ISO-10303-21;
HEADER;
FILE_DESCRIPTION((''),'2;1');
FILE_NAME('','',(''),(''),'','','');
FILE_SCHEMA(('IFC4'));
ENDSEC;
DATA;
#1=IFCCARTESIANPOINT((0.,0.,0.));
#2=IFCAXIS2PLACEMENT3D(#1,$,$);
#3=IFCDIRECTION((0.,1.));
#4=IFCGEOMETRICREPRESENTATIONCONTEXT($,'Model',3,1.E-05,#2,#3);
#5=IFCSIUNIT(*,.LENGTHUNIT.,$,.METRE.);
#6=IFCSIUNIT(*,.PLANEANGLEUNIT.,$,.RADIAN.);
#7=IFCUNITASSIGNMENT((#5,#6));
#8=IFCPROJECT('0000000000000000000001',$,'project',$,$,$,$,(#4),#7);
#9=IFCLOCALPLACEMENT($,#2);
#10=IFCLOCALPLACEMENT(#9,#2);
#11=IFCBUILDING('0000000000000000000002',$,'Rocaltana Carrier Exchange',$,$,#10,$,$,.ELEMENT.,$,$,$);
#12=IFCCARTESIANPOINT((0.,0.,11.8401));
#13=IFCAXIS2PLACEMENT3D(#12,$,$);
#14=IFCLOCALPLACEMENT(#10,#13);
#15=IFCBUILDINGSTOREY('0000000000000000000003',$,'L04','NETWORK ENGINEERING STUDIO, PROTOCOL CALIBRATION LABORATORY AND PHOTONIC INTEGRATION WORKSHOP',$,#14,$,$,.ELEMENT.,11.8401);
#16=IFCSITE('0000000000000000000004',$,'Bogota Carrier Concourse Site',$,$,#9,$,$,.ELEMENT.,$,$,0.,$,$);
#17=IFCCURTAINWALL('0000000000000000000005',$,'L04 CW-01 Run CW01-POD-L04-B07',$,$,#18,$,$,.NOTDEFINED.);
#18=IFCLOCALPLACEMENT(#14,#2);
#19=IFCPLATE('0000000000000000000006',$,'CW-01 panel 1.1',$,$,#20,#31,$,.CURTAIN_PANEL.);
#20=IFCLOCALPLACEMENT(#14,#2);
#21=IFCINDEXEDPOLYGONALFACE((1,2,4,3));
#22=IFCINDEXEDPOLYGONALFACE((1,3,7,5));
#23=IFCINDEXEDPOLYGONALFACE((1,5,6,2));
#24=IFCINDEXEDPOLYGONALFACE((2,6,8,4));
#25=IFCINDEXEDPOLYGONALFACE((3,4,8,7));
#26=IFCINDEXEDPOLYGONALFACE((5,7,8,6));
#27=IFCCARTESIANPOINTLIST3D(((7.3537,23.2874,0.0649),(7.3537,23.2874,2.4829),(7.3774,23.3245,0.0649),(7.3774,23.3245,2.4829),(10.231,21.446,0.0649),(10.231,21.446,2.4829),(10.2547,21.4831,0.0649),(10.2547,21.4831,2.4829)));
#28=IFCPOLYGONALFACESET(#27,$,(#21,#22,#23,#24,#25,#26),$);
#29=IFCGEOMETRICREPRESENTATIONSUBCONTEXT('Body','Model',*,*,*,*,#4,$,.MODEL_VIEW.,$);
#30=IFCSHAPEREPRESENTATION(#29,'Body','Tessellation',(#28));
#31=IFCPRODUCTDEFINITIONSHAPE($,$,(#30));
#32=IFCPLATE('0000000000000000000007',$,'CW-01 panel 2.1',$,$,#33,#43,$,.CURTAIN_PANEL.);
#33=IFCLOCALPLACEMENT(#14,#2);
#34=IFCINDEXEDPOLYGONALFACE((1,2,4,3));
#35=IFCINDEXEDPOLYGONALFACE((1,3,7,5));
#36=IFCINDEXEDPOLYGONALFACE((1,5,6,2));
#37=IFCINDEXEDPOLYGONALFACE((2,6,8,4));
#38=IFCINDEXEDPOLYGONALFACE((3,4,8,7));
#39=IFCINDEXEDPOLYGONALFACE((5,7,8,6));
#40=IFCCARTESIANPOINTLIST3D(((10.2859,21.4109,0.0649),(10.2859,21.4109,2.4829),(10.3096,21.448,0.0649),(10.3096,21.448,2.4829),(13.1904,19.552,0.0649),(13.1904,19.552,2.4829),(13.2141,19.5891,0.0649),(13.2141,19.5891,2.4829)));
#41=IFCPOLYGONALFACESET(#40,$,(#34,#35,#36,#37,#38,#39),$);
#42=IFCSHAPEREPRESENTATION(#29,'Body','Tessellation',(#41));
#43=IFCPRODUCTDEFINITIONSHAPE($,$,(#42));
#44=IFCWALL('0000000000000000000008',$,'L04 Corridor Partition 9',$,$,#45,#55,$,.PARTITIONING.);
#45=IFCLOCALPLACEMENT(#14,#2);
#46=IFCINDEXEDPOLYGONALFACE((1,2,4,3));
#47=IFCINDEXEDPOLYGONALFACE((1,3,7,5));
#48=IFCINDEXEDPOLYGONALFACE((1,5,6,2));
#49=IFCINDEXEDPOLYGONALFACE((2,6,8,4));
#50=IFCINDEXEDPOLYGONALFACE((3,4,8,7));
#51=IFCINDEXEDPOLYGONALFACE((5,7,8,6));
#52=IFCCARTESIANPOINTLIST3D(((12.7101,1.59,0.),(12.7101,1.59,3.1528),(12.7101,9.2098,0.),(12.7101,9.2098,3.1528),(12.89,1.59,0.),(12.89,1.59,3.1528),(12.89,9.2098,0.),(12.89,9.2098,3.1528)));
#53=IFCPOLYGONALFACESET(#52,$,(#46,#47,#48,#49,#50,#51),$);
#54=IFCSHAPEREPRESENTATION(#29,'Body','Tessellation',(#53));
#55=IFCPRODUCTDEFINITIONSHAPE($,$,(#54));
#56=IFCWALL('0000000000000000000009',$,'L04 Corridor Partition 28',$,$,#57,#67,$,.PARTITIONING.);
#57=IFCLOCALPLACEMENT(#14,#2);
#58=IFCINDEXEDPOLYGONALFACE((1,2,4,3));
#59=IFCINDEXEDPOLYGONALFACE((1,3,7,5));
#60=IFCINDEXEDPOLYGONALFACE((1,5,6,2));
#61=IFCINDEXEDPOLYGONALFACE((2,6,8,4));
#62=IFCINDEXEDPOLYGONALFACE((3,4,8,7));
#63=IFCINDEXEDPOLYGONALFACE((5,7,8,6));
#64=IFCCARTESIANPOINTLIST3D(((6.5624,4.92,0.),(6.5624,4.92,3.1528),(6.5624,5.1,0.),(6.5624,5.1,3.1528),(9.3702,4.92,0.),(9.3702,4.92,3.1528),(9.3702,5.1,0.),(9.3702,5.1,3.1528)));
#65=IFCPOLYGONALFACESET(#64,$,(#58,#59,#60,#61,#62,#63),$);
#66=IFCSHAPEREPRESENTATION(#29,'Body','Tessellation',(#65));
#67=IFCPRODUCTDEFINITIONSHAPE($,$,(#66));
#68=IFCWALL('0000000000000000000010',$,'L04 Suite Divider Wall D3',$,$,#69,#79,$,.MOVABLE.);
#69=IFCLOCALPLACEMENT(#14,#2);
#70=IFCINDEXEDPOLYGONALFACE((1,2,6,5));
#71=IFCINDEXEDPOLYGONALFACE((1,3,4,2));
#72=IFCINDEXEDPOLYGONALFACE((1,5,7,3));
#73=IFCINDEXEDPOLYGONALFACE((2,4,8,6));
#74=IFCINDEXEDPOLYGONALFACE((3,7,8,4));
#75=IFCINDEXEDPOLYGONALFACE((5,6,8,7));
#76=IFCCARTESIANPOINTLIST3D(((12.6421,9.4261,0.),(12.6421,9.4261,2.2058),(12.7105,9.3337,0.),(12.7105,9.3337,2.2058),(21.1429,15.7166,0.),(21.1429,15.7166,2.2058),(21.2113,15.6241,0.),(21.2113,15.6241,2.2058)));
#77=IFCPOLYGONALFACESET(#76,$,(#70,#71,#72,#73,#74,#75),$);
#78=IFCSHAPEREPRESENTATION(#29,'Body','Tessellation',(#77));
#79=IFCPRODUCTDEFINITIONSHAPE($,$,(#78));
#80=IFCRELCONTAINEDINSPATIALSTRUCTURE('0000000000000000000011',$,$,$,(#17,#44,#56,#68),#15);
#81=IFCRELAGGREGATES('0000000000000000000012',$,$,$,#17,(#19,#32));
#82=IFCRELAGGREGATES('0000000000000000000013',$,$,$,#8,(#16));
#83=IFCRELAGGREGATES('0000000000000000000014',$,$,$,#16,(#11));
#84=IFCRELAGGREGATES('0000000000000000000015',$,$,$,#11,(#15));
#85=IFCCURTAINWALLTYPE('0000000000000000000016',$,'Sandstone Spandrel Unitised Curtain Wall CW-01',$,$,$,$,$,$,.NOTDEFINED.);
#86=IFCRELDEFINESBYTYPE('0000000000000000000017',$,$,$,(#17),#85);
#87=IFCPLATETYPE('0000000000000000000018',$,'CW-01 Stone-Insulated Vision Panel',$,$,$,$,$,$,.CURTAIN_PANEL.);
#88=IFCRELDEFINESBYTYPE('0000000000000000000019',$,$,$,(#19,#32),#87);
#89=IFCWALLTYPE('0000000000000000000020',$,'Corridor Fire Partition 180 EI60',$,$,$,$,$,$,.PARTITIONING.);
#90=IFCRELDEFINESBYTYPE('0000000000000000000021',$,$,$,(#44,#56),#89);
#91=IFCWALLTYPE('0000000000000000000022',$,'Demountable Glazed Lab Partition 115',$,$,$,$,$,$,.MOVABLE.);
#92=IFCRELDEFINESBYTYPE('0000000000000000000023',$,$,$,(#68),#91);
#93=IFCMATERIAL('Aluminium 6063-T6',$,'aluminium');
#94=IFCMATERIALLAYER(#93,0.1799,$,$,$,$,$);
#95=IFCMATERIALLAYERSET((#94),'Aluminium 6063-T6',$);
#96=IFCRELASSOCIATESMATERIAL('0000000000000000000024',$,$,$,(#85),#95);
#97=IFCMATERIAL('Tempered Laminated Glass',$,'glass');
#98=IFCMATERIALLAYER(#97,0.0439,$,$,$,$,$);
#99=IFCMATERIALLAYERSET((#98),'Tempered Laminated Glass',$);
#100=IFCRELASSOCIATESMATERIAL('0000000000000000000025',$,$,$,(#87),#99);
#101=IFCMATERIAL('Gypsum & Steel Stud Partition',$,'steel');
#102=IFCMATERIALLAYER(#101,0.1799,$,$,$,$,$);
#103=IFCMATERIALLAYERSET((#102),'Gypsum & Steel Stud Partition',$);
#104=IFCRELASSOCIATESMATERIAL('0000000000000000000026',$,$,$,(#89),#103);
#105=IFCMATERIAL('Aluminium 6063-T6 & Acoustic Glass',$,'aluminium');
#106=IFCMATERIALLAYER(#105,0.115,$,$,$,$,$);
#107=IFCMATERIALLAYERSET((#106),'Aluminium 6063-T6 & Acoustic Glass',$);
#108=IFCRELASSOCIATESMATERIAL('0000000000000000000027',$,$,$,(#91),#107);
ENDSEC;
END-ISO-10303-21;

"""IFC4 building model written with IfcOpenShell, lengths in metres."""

from ifc_helpers import new_model, si_unit, direction, frame, frame_2d, origin, origin_2d, place, context, subcontext, project, spatial, rectangle, extrude, material, layer, layer_set, type_object, element, aggregate, save


model = new_model("IFC4")

# Units and contexts
model_context = context("Model", 3, precision=1e-05, world=origin(), true_north=direction((0.0, 1.0)))
body_context = subcontext(model_context, "Body", "Model", "MODEL_VIEW")
ifc_project = project(units=[si_unit("LENGTHUNIT", "METRE"), si_unit("PLANEANGLEUNIT", "RADIAN")], contexts=[model_context])

# Site, building, storey
site_placement = place(None, origin())
site = spatial("IfcSite", under=ifc_project, at=site_placement, Name="Bogota Carrier Concourse Site", CompositionType="ELEMENT", RefElevation=0.0)
building_placement = place(site_placement, origin())
building = spatial("IfcBuilding", under=site, at=building_placement, Name="Rocaltana Carrier Exchange", CompositionType="ELEMENT")
storey_placement = place(building_placement, frame((0.0, 0.0, 11.8401)))
storey = spatial("IfcBuildingStorey", under=building, at=storey_placement, Name="L04", Description="NETWORK ENGINEERING STUDIO, PROTOCOL CALIBRATION LABORATORY AND PHOTONIC INTEGRATION WORKSHOP", CompositionType="ELEMENT", Elevation=11.8401)

# Curtain wall
ifc_material_1 = material(Name="Aluminium 6063-T6", Category="aluminium")
ifc_layer_1 = layer(ifc_material_1, 0.1799)
ifc_layer_set_1 = layer_set([ifc_layer_1], Name="Aluminium 6063-T6")
curtain_wall_type = type_object("IfcCurtainWallType", Name="Sandstone Spandrel Unitised Curtain Wall CW-01", PredefinedType="NOTDEFINED", material=ifc_layer_set_1)
curtain_wall_placement = place(storey_placement, origin())
curtain_wall = element("IfcCurtainWall", 1, at=curtain_wall_placement, inside=storey, type_object=curtain_wall_type, Name="L04 CW-01 Run CW01-POD-L04-B07", PredefinedType="NOTDEFINED")

# Plates
ifc_material_2 = material(Name="Tempered Laminated Glass", Category="glass")
ifc_layer_2 = layer(ifc_material_2, 0.0439)
ifc_layer_set_2 = layer_set([ifc_layer_2], Name="Tempered Laminated Glass")
plate_type = type_object("IfcPlateType", Name="CW-01 Stone-Insulated Vision Panel", PredefinedType="CURTAIN_PANEL", material=ifc_layer_set_2)
plate_1_placement = place(storey_placement, frame((8.8042, 22.3853, 0.0649), z_axis=(0.0, 0.0, 1.0), x_axis=(0.842273, -0.53905, 0.0)))
plate_1 = element("IfcPlate", 2, at=plate_1_placement, type_object=plate_type, Name="CW-01 panel 1.1", PredefinedType="CURTAIN_PANEL", context=body_context, shape_type="SweptSolid", body=[
    extrude(rectangle(XDim=3.416, YDim=0.0439, at=origin_2d()), origin(), (0.0, 0.0, 1.0), 2.418),
])
plate_2_placement = place(storey_placement, frame((11.75, 20.5, 0.0649), z_axis=(0.0, 0.0, 1.0), x_axis=(0.842273, -0.53905, 0.0)))
plate_2 = element("IfcPlate", 3, at=plate_2_placement, type_object=plate_type, Name="CW-01 panel 2.1", PredefinedType="CURTAIN_PANEL", context=body_context, shape_type="SweptSolid", body=[
    extrude(rectangle(XDim=3.4485, YDim=0.0439, at=origin_2d()), origin(), (0.0, 0.0, 1.0), 2.418),
])
aggregate(curtain_wall, [plate_1, plate_2])

# Walls
ifc_material_3 = material(Name="Gypsum & Steel Stud Partition", Category="steel")
ifc_layer_3 = layer(ifc_material_3, 0.1799)
ifc_layer_set_3 = layer_set([ifc_layer_3], Name="Gypsum & Steel Stud Partition")
wall_type_1 = type_object("IfcWallType", Name="Corridor Fire Partition 180 EI60", PredefinedType="PARTITIONING", material=ifc_layer_set_3)
wall_1_placement = place(storey_placement, frame((12.8, 9.21, 0.0), z_axis=(0.0, 0.0, 1.0), x_axis=(0.0, -1.0, 0.0)))
element("IfcWall", 4, at=wall_1_placement, inside=storey, type_object=wall_type_1, Name="L04 Corridor Partition 9", PredefinedType="PARTITIONING", context=body_context, shape_type="SweptSolid", body=[
    extrude(rectangle(XDim=7.6199, YDim=0.1799, at=frame_2d((3.8101, 0.0))), origin(), (0.0, 0.0, 1.0), 3.1528),
])
wall_2_placement = place(storey_placement, frame((9.3701, 5.01, 0.0), z_axis=(0.0, 0.0, 1.0), x_axis=(-1.0, 0.0, 0.0)))
element("IfcWall", 5, at=wall_2_placement, inside=storey, type_object=wall_type_1, Name="L04 Corridor Partition 28", PredefinedType="PARTITIONING", context=body_context, shape_type="SweptSolid", body=[
    extrude(rectangle(XDim=2.8079, YDim=0.1799, at=frame_2d((1.4038, 0.0))), origin(), (0.0, 0.0, 1.0), 3.1528),
])
ifc_material_4 = material(Name="Aluminium 6063-T6 & Acoustic Glass", Category="aluminium")
ifc_layer_4 = layer(ifc_material_4, 0.115)
ifc_layer_set_4 = layer_set([ifc_layer_4], Name="Aluminium 6063-T6 & Acoustic Glass")
wall_type_2 = type_object("IfcWallType", Name="Demountable Glazed Lab Partition 115", PredefinedType="MOVABLE", material=ifc_layer_set_4)
wall_3_placement = place(storey_placement, frame((12.6763, 9.3799, 0.0), z_axis=(0.0, 0.0, 1.0), x_axis=(0.803851, 0.594831, 0.0)))
element("IfcWall", 6, at=wall_3_placement, inside=storey, type_object=wall_type_2, Name="L04 Suite Divider Wall D3", PredefinedType="MOVABLE", context=body_context, shape_type="SweptSolid", body=[
    extrude(rectangle(XDim=10.5752, YDim=0.115, at=frame_2d((5.2876, 0.0))), origin(), (0.0, 0.0, 1.0), 2.2058),
])

save(model, "model.ifc")
